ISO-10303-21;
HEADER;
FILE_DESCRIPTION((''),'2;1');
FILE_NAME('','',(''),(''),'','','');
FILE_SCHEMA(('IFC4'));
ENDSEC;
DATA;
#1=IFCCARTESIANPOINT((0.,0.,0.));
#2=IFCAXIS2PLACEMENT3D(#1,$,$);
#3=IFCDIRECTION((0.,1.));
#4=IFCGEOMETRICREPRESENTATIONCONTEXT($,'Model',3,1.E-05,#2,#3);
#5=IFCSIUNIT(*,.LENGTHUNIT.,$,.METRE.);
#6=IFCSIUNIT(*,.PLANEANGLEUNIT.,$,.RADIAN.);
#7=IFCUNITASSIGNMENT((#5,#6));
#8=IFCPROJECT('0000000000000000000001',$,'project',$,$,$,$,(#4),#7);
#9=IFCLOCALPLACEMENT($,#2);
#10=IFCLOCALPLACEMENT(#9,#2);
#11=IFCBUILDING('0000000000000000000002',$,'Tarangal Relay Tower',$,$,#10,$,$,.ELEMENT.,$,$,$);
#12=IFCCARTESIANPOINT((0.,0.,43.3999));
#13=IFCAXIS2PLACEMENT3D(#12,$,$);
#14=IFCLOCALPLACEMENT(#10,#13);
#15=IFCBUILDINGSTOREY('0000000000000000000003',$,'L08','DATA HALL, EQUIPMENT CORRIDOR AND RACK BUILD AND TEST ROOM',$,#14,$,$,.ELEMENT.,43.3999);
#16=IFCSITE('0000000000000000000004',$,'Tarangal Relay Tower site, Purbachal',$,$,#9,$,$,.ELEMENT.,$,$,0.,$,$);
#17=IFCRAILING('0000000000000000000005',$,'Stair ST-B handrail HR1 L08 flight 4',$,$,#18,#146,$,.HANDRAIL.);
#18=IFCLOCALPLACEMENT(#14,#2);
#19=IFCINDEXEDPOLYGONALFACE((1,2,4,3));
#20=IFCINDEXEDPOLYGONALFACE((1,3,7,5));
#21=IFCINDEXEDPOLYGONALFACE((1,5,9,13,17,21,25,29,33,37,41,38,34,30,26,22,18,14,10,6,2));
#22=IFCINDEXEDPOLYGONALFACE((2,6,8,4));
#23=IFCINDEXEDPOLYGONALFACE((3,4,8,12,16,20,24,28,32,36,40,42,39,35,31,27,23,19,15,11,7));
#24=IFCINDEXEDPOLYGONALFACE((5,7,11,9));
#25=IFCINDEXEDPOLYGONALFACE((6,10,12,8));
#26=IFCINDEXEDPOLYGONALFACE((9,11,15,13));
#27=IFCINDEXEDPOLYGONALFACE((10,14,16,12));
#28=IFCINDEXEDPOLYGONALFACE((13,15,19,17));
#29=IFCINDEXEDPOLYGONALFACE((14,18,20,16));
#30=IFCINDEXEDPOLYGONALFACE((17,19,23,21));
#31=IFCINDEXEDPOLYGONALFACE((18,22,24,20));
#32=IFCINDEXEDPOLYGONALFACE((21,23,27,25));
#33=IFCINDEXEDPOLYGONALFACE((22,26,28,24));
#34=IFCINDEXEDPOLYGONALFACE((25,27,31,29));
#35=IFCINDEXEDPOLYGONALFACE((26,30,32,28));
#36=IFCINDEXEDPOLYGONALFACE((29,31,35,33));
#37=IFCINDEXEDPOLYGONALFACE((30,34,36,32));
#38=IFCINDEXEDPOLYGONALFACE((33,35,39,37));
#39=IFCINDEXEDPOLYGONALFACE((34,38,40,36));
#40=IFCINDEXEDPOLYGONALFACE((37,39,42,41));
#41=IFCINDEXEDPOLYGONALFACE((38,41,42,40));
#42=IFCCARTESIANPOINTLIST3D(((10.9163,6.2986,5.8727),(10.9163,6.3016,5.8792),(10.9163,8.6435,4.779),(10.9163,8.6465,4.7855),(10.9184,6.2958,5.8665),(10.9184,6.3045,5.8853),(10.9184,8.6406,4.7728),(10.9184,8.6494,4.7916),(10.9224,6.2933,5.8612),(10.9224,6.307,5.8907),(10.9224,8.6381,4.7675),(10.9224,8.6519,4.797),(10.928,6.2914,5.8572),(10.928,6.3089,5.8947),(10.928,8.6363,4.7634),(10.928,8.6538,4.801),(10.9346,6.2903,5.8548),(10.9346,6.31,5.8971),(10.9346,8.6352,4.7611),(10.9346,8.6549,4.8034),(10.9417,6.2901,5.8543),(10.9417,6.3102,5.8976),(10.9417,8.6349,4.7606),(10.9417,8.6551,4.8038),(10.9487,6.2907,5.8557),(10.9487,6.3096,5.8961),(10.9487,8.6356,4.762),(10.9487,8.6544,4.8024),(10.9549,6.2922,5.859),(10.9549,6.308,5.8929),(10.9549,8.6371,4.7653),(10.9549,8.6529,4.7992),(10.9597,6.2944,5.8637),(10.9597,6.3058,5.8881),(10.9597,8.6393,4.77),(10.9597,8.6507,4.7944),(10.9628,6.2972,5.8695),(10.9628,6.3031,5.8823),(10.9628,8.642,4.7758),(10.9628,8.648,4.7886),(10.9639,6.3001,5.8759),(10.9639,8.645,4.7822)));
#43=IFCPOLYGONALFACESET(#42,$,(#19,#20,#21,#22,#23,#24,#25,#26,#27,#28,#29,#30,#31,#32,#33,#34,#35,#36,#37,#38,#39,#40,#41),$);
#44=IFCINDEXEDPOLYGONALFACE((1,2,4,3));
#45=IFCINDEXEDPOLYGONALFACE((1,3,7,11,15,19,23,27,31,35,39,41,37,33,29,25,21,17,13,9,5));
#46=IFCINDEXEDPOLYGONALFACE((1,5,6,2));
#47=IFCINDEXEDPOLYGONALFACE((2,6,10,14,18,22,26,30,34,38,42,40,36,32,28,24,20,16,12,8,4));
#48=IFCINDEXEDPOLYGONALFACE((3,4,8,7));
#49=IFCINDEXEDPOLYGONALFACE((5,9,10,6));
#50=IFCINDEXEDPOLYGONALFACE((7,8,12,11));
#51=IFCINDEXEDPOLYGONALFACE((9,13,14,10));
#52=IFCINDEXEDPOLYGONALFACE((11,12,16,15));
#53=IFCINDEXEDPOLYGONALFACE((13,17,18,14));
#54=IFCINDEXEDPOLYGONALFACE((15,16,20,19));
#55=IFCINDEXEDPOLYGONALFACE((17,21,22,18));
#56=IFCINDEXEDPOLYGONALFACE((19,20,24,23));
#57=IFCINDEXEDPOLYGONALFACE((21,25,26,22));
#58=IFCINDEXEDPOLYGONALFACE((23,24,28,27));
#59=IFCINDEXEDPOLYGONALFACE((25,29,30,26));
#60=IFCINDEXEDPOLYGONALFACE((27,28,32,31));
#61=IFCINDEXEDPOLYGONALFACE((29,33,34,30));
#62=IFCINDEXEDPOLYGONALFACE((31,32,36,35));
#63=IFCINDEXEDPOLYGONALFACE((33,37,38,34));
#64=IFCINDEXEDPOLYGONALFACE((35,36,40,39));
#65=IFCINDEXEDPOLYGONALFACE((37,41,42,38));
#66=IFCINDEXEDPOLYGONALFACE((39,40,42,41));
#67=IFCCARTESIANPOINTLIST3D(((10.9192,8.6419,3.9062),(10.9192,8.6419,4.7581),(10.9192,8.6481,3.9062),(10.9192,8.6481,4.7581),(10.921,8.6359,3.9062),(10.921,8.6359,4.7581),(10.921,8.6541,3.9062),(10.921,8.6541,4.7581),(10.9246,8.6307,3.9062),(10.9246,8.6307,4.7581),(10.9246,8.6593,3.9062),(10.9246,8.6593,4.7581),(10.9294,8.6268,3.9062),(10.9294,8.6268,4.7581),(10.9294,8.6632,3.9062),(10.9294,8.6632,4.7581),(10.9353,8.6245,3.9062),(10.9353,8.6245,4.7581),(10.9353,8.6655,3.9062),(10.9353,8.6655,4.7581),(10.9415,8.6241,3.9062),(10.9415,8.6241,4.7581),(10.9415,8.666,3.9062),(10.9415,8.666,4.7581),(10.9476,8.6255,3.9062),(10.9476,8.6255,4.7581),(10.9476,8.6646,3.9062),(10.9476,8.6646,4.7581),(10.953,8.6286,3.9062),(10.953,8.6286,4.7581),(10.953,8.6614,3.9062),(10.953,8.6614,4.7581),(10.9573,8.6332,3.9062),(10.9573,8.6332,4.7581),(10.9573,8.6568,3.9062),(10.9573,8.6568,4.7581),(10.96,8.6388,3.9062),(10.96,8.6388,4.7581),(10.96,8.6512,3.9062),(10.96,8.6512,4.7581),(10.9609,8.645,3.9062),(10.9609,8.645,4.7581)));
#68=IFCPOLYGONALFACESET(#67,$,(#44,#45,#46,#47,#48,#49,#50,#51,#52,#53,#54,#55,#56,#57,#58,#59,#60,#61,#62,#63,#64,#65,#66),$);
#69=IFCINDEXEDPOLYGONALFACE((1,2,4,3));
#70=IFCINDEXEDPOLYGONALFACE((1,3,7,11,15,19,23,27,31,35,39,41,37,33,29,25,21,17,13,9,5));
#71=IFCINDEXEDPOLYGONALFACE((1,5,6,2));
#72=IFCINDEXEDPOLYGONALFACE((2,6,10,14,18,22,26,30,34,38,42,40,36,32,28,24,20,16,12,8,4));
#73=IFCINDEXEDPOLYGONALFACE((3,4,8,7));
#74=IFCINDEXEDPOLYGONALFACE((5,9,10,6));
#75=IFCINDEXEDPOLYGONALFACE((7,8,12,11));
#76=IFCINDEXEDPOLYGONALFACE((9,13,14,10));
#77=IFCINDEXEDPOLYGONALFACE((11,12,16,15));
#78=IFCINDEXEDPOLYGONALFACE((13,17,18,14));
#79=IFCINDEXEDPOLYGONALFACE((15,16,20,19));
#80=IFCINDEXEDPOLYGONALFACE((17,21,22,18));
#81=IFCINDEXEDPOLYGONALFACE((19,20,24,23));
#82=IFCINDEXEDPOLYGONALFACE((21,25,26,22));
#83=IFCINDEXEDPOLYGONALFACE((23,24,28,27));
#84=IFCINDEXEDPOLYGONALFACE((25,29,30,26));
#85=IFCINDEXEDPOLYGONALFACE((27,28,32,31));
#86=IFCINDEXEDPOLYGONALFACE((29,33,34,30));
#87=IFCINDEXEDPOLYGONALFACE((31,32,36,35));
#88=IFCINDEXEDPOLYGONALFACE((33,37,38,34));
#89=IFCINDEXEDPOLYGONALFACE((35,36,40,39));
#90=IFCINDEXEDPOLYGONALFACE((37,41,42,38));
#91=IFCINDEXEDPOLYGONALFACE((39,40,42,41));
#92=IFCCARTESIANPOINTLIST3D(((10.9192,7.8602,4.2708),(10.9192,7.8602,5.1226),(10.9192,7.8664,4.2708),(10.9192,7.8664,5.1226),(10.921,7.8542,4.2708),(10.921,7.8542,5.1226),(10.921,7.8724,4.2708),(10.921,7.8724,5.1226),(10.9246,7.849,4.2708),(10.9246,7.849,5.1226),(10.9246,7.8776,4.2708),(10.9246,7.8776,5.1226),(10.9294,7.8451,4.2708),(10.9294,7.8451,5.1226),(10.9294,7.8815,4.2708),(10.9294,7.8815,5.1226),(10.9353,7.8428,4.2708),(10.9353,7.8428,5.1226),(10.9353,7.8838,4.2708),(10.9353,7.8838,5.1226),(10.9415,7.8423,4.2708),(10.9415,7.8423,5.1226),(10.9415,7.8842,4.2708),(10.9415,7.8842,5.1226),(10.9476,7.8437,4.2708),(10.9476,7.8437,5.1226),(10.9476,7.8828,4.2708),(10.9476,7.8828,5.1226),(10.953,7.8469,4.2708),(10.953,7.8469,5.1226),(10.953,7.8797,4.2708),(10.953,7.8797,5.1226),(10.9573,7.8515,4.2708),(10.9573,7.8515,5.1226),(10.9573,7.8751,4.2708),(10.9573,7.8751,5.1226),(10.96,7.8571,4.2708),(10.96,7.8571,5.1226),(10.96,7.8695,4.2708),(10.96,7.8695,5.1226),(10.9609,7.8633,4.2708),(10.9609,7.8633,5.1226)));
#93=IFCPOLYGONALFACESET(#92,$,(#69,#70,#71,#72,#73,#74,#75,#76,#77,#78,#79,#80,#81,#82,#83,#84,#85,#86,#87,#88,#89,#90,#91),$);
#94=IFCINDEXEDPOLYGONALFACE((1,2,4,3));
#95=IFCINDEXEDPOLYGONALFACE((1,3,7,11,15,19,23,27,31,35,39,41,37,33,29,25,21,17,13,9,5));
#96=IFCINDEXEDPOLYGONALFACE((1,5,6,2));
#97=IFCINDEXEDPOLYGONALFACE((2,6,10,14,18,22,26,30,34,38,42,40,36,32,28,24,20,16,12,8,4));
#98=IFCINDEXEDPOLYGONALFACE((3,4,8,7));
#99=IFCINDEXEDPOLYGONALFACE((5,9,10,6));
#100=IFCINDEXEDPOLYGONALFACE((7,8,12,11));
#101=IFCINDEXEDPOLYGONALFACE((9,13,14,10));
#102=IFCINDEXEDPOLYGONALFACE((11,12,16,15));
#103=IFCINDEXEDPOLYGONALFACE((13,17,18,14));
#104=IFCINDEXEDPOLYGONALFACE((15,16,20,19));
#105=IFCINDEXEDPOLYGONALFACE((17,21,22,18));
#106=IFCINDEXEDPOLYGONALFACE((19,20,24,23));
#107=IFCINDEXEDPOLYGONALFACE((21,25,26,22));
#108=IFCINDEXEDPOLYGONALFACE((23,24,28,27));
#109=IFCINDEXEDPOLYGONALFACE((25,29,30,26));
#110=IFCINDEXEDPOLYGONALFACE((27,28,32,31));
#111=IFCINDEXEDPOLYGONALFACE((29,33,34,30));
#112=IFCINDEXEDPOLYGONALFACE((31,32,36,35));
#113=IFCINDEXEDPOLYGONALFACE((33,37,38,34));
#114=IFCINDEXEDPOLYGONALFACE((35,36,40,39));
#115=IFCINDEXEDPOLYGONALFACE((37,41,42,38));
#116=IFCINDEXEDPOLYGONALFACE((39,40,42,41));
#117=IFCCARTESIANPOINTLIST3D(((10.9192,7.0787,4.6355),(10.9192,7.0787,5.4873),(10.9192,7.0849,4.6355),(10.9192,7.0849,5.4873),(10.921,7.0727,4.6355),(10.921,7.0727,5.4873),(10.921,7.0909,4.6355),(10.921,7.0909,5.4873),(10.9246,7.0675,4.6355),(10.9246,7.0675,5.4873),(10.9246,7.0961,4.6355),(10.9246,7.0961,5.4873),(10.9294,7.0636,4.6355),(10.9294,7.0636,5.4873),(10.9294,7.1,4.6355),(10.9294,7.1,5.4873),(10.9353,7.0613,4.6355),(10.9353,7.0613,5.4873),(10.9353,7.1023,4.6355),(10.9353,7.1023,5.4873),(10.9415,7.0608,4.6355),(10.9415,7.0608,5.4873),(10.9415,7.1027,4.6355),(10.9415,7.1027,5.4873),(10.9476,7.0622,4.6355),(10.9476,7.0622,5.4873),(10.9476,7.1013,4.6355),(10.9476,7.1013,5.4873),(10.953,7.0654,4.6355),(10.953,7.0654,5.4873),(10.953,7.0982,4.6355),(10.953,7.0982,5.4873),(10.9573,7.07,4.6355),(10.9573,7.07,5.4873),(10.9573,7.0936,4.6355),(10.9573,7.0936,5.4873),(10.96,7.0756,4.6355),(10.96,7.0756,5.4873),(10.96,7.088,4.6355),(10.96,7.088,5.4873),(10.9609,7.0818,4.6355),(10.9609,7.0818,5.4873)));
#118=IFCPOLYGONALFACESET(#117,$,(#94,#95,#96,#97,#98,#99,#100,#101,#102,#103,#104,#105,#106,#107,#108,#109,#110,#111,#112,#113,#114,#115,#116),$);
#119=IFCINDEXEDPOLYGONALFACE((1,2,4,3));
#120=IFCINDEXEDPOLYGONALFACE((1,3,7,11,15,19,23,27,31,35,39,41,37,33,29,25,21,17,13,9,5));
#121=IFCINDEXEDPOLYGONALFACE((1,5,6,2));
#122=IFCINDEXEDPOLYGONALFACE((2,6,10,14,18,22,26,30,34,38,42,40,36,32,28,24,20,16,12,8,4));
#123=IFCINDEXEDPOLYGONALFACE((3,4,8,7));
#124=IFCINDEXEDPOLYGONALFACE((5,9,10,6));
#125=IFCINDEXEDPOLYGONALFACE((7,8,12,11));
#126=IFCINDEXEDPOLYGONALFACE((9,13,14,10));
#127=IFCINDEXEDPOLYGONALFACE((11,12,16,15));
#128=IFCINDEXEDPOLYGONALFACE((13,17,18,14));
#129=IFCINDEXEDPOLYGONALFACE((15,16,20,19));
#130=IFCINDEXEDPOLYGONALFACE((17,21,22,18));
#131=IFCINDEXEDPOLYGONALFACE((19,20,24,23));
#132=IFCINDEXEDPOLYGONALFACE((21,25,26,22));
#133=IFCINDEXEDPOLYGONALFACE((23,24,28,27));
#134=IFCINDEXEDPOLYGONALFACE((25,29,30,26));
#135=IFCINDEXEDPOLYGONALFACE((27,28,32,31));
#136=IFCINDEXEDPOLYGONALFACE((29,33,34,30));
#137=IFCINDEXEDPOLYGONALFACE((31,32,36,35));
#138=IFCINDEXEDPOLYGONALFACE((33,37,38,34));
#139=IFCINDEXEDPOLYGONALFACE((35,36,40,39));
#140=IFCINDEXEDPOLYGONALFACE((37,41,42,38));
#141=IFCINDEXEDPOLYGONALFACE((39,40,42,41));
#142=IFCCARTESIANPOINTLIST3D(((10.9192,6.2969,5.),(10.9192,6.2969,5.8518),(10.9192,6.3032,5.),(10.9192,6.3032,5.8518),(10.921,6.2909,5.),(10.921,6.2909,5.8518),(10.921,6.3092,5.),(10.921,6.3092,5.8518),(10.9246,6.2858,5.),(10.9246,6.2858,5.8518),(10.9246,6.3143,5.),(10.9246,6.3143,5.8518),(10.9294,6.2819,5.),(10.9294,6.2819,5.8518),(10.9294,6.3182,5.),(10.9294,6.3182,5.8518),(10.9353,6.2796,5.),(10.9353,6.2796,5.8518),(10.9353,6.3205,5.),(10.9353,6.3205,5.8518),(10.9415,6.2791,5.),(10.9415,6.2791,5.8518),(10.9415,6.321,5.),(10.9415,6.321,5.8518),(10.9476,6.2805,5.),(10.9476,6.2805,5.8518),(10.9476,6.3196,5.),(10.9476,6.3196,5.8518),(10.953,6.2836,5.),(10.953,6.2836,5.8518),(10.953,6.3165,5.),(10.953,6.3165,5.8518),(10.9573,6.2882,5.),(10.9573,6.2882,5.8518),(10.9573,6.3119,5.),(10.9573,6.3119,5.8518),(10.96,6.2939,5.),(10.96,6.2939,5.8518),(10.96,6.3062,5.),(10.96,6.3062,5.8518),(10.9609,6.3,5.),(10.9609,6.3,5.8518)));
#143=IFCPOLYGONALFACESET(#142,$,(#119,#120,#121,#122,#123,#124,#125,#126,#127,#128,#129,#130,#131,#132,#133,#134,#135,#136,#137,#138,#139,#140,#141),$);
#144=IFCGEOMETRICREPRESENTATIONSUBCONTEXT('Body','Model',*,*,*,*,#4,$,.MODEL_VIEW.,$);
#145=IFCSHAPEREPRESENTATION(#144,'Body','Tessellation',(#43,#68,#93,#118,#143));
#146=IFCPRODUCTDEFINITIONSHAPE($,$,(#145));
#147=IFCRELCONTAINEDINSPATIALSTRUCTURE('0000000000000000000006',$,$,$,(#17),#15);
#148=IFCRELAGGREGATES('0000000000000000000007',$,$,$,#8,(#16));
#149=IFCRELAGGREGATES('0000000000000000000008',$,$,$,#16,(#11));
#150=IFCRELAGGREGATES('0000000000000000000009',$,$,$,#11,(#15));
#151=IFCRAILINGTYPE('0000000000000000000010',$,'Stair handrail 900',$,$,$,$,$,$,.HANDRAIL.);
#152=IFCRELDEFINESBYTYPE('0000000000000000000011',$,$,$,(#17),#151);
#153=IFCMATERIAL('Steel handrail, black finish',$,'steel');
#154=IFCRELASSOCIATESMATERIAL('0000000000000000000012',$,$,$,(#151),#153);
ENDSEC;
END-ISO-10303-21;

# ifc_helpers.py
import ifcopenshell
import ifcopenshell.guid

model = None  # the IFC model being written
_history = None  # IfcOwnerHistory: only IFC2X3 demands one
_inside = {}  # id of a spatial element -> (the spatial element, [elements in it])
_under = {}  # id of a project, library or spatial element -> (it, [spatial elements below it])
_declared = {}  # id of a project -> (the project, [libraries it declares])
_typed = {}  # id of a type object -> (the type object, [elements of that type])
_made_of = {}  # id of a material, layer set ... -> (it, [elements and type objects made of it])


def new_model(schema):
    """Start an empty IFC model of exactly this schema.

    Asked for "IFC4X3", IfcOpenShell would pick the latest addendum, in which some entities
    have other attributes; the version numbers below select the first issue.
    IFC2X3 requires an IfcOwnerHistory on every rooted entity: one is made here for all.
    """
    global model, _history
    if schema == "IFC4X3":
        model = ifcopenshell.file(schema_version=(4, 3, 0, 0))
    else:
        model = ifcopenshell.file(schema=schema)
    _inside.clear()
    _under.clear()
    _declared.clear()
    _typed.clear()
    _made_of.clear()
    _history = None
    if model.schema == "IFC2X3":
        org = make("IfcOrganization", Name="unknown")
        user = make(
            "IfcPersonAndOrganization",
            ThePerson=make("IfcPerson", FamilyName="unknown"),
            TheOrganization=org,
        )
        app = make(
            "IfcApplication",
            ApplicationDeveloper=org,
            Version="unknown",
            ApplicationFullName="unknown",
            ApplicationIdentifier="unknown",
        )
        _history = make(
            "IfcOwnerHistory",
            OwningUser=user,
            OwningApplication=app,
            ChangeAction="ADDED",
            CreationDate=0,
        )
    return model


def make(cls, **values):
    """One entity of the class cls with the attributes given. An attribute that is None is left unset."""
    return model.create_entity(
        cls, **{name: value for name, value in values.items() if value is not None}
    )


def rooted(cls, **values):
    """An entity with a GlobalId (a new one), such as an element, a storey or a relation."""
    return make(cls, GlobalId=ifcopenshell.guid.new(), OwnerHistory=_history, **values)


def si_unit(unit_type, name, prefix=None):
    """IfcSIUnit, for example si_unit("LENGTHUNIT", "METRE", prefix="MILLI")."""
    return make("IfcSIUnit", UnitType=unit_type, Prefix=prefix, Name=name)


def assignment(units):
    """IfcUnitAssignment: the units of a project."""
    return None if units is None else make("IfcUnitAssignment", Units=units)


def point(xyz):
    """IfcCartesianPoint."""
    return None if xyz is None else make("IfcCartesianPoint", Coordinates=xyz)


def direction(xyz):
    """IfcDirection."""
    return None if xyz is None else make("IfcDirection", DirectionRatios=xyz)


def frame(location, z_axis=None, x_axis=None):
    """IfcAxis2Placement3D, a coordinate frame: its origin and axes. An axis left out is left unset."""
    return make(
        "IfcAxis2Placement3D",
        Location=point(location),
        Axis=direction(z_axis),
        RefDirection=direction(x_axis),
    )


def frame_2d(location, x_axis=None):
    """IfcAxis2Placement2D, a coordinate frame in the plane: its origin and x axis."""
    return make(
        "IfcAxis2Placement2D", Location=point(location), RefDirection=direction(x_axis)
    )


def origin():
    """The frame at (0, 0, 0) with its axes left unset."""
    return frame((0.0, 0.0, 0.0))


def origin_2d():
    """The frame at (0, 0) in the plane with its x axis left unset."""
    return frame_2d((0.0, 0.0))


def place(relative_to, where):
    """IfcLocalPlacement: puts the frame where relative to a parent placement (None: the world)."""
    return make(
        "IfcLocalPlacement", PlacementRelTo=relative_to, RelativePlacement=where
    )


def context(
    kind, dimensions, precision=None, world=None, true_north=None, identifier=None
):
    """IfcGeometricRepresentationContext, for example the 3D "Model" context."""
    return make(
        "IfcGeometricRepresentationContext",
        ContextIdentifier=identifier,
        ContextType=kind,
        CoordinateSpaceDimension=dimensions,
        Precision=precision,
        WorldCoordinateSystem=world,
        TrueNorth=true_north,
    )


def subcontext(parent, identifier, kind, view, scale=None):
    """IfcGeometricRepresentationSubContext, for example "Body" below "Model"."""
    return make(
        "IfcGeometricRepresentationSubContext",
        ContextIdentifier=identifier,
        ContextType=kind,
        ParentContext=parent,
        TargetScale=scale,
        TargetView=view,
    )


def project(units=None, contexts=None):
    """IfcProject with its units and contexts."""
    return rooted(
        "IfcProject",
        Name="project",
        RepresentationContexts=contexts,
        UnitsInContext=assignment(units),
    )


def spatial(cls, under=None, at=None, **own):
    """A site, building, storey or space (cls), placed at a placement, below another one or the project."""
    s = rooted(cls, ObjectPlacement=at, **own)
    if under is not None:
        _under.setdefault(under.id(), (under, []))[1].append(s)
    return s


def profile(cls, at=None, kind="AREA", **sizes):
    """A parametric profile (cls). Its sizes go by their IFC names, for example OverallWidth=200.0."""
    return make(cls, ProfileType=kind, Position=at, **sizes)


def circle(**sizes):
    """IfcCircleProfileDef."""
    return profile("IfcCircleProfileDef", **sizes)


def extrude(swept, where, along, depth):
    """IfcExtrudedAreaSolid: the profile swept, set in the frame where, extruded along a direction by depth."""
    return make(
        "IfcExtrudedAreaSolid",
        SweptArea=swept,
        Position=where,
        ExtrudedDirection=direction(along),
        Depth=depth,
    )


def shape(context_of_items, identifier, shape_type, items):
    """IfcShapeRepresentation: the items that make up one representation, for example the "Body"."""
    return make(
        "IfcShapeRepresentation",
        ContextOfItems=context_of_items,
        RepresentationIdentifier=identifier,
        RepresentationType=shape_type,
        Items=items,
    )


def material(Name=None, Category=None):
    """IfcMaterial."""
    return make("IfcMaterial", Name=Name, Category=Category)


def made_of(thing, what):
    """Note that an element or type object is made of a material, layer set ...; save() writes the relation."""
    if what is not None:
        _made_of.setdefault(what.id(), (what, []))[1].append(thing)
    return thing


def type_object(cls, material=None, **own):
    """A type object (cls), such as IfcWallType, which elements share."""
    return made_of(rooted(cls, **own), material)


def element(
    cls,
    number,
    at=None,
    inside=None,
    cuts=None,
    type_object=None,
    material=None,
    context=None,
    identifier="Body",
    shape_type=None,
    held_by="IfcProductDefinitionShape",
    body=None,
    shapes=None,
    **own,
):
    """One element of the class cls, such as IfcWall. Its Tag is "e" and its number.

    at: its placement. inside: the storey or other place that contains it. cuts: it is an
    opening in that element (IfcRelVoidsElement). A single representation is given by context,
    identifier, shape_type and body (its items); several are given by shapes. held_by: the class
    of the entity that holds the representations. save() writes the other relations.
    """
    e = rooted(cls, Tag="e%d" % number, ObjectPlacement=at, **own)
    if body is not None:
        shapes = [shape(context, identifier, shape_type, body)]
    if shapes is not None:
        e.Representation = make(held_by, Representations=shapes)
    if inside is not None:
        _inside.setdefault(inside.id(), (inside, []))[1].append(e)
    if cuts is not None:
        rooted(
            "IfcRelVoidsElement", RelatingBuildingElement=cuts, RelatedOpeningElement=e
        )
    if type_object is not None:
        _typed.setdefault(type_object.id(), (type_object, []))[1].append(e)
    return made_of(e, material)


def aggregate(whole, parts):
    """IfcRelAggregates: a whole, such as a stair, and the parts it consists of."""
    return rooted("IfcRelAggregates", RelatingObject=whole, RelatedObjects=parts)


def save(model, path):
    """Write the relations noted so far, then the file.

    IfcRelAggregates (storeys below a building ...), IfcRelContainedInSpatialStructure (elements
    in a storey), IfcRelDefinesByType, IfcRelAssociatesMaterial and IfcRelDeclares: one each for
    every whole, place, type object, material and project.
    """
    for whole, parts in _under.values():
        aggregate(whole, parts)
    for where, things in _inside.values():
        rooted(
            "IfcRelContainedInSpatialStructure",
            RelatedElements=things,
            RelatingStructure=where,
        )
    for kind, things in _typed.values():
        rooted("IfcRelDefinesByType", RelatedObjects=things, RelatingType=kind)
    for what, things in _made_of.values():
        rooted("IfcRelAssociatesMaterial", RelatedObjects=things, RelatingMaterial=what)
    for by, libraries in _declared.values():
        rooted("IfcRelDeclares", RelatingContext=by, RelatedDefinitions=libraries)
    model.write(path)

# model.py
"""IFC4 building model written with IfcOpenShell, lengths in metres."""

from ifc_helpers import new_model, si_unit, direction, frame, origin, origin_2d, place, context, subcontext, project, spatial, circle, extrude, material, type_object, element, save


model = new_model("IFC4")

# Units and contexts
model_context = context("Model", 3, precision=1e-05, world=origin(), true_north=direction((0.0, 1.0)))
body_context = subcontext(model_context, "Body", "Model", "MODEL_VIEW")
ifc_project = project(units=[si_unit("LENGTHUNIT", "METRE"), si_unit("PLANEANGLEUNIT", "RADIAN")], contexts=[model_context])

# Site, building, storey
site_placement = place(None, origin())
site = spatial("IfcSite", under=ifc_project, at=site_placement, Name="Tarangal Relay Tower site, Purbachal", CompositionType="ELEMENT", RefElevation=0.0)
building_placement = place(site_placement, origin())
building = spatial("IfcBuilding", under=site, at=building_placement, Name="Tarangal Relay Tower", CompositionType="ELEMENT")
storey_placement = place(building_placement, frame((0.0, 0.0, 43.3999)))
storey = spatial("IfcBuildingStorey", under=building, at=storey_placement, Name="L08", Description="DATA HALL, EQUIPMENT CORRIDOR AND RACK BUILD AND TEST ROOM", CompositionType="ELEMENT", Elevation=43.3999)

# Railing
ifc_material_1 = material(Name="Steel handrail, black finish", Category="steel")
railing_type_1 = type_object("IfcRailingType", Name="Stair handrail 900", PredefinedType="HANDRAIL", material=ifc_material_1)
for number, where, name in (
    (1, (10.9399, 8.645, 3.9062), "Stair ST-B handrail HR1 L08 flight 4"),
):
    element("IfcRailing", number, at=place(storey_placement, frame(where)), inside=storey, type_object=railing_type_1, Name=name, PredefinedType="HANDRAIL", context=body_context, shape_type="SweptSolid", body=[
        extrude(circle(Radius=0.0239, at=origin_2d()), frame((0.0, 0.0, 0.876), z_axis=(0.0, -0.906267, 0.422705), x_axis=(1.0, 0.0, 0.0)), (0.0, 0.0, 1.0), 2.5874),
        extrude(circle(Radius=0.021, at=origin_2d()), origin(), (0.0, 0.0, 1.0), 0.8518),
        extrude(circle(Radius=0.021, at=origin_2d()), frame((0.0, -0.7817, 0.3645)), (0.0, 0.0, 1.0), 0.8518),
        extrude(circle(Radius=0.021, at=origin_2d()), frame((0.0, -1.5632, 0.7292)), (0.0, 0.0, 1.0), 0.8518),
        extrude(circle(Radius=0.021, at=origin_2d()), frame((0.0, -2.345, 1.0938)), (0.0, 0.0, 1.0), 0.8518),
    ])

save(model, "model.ifc")
